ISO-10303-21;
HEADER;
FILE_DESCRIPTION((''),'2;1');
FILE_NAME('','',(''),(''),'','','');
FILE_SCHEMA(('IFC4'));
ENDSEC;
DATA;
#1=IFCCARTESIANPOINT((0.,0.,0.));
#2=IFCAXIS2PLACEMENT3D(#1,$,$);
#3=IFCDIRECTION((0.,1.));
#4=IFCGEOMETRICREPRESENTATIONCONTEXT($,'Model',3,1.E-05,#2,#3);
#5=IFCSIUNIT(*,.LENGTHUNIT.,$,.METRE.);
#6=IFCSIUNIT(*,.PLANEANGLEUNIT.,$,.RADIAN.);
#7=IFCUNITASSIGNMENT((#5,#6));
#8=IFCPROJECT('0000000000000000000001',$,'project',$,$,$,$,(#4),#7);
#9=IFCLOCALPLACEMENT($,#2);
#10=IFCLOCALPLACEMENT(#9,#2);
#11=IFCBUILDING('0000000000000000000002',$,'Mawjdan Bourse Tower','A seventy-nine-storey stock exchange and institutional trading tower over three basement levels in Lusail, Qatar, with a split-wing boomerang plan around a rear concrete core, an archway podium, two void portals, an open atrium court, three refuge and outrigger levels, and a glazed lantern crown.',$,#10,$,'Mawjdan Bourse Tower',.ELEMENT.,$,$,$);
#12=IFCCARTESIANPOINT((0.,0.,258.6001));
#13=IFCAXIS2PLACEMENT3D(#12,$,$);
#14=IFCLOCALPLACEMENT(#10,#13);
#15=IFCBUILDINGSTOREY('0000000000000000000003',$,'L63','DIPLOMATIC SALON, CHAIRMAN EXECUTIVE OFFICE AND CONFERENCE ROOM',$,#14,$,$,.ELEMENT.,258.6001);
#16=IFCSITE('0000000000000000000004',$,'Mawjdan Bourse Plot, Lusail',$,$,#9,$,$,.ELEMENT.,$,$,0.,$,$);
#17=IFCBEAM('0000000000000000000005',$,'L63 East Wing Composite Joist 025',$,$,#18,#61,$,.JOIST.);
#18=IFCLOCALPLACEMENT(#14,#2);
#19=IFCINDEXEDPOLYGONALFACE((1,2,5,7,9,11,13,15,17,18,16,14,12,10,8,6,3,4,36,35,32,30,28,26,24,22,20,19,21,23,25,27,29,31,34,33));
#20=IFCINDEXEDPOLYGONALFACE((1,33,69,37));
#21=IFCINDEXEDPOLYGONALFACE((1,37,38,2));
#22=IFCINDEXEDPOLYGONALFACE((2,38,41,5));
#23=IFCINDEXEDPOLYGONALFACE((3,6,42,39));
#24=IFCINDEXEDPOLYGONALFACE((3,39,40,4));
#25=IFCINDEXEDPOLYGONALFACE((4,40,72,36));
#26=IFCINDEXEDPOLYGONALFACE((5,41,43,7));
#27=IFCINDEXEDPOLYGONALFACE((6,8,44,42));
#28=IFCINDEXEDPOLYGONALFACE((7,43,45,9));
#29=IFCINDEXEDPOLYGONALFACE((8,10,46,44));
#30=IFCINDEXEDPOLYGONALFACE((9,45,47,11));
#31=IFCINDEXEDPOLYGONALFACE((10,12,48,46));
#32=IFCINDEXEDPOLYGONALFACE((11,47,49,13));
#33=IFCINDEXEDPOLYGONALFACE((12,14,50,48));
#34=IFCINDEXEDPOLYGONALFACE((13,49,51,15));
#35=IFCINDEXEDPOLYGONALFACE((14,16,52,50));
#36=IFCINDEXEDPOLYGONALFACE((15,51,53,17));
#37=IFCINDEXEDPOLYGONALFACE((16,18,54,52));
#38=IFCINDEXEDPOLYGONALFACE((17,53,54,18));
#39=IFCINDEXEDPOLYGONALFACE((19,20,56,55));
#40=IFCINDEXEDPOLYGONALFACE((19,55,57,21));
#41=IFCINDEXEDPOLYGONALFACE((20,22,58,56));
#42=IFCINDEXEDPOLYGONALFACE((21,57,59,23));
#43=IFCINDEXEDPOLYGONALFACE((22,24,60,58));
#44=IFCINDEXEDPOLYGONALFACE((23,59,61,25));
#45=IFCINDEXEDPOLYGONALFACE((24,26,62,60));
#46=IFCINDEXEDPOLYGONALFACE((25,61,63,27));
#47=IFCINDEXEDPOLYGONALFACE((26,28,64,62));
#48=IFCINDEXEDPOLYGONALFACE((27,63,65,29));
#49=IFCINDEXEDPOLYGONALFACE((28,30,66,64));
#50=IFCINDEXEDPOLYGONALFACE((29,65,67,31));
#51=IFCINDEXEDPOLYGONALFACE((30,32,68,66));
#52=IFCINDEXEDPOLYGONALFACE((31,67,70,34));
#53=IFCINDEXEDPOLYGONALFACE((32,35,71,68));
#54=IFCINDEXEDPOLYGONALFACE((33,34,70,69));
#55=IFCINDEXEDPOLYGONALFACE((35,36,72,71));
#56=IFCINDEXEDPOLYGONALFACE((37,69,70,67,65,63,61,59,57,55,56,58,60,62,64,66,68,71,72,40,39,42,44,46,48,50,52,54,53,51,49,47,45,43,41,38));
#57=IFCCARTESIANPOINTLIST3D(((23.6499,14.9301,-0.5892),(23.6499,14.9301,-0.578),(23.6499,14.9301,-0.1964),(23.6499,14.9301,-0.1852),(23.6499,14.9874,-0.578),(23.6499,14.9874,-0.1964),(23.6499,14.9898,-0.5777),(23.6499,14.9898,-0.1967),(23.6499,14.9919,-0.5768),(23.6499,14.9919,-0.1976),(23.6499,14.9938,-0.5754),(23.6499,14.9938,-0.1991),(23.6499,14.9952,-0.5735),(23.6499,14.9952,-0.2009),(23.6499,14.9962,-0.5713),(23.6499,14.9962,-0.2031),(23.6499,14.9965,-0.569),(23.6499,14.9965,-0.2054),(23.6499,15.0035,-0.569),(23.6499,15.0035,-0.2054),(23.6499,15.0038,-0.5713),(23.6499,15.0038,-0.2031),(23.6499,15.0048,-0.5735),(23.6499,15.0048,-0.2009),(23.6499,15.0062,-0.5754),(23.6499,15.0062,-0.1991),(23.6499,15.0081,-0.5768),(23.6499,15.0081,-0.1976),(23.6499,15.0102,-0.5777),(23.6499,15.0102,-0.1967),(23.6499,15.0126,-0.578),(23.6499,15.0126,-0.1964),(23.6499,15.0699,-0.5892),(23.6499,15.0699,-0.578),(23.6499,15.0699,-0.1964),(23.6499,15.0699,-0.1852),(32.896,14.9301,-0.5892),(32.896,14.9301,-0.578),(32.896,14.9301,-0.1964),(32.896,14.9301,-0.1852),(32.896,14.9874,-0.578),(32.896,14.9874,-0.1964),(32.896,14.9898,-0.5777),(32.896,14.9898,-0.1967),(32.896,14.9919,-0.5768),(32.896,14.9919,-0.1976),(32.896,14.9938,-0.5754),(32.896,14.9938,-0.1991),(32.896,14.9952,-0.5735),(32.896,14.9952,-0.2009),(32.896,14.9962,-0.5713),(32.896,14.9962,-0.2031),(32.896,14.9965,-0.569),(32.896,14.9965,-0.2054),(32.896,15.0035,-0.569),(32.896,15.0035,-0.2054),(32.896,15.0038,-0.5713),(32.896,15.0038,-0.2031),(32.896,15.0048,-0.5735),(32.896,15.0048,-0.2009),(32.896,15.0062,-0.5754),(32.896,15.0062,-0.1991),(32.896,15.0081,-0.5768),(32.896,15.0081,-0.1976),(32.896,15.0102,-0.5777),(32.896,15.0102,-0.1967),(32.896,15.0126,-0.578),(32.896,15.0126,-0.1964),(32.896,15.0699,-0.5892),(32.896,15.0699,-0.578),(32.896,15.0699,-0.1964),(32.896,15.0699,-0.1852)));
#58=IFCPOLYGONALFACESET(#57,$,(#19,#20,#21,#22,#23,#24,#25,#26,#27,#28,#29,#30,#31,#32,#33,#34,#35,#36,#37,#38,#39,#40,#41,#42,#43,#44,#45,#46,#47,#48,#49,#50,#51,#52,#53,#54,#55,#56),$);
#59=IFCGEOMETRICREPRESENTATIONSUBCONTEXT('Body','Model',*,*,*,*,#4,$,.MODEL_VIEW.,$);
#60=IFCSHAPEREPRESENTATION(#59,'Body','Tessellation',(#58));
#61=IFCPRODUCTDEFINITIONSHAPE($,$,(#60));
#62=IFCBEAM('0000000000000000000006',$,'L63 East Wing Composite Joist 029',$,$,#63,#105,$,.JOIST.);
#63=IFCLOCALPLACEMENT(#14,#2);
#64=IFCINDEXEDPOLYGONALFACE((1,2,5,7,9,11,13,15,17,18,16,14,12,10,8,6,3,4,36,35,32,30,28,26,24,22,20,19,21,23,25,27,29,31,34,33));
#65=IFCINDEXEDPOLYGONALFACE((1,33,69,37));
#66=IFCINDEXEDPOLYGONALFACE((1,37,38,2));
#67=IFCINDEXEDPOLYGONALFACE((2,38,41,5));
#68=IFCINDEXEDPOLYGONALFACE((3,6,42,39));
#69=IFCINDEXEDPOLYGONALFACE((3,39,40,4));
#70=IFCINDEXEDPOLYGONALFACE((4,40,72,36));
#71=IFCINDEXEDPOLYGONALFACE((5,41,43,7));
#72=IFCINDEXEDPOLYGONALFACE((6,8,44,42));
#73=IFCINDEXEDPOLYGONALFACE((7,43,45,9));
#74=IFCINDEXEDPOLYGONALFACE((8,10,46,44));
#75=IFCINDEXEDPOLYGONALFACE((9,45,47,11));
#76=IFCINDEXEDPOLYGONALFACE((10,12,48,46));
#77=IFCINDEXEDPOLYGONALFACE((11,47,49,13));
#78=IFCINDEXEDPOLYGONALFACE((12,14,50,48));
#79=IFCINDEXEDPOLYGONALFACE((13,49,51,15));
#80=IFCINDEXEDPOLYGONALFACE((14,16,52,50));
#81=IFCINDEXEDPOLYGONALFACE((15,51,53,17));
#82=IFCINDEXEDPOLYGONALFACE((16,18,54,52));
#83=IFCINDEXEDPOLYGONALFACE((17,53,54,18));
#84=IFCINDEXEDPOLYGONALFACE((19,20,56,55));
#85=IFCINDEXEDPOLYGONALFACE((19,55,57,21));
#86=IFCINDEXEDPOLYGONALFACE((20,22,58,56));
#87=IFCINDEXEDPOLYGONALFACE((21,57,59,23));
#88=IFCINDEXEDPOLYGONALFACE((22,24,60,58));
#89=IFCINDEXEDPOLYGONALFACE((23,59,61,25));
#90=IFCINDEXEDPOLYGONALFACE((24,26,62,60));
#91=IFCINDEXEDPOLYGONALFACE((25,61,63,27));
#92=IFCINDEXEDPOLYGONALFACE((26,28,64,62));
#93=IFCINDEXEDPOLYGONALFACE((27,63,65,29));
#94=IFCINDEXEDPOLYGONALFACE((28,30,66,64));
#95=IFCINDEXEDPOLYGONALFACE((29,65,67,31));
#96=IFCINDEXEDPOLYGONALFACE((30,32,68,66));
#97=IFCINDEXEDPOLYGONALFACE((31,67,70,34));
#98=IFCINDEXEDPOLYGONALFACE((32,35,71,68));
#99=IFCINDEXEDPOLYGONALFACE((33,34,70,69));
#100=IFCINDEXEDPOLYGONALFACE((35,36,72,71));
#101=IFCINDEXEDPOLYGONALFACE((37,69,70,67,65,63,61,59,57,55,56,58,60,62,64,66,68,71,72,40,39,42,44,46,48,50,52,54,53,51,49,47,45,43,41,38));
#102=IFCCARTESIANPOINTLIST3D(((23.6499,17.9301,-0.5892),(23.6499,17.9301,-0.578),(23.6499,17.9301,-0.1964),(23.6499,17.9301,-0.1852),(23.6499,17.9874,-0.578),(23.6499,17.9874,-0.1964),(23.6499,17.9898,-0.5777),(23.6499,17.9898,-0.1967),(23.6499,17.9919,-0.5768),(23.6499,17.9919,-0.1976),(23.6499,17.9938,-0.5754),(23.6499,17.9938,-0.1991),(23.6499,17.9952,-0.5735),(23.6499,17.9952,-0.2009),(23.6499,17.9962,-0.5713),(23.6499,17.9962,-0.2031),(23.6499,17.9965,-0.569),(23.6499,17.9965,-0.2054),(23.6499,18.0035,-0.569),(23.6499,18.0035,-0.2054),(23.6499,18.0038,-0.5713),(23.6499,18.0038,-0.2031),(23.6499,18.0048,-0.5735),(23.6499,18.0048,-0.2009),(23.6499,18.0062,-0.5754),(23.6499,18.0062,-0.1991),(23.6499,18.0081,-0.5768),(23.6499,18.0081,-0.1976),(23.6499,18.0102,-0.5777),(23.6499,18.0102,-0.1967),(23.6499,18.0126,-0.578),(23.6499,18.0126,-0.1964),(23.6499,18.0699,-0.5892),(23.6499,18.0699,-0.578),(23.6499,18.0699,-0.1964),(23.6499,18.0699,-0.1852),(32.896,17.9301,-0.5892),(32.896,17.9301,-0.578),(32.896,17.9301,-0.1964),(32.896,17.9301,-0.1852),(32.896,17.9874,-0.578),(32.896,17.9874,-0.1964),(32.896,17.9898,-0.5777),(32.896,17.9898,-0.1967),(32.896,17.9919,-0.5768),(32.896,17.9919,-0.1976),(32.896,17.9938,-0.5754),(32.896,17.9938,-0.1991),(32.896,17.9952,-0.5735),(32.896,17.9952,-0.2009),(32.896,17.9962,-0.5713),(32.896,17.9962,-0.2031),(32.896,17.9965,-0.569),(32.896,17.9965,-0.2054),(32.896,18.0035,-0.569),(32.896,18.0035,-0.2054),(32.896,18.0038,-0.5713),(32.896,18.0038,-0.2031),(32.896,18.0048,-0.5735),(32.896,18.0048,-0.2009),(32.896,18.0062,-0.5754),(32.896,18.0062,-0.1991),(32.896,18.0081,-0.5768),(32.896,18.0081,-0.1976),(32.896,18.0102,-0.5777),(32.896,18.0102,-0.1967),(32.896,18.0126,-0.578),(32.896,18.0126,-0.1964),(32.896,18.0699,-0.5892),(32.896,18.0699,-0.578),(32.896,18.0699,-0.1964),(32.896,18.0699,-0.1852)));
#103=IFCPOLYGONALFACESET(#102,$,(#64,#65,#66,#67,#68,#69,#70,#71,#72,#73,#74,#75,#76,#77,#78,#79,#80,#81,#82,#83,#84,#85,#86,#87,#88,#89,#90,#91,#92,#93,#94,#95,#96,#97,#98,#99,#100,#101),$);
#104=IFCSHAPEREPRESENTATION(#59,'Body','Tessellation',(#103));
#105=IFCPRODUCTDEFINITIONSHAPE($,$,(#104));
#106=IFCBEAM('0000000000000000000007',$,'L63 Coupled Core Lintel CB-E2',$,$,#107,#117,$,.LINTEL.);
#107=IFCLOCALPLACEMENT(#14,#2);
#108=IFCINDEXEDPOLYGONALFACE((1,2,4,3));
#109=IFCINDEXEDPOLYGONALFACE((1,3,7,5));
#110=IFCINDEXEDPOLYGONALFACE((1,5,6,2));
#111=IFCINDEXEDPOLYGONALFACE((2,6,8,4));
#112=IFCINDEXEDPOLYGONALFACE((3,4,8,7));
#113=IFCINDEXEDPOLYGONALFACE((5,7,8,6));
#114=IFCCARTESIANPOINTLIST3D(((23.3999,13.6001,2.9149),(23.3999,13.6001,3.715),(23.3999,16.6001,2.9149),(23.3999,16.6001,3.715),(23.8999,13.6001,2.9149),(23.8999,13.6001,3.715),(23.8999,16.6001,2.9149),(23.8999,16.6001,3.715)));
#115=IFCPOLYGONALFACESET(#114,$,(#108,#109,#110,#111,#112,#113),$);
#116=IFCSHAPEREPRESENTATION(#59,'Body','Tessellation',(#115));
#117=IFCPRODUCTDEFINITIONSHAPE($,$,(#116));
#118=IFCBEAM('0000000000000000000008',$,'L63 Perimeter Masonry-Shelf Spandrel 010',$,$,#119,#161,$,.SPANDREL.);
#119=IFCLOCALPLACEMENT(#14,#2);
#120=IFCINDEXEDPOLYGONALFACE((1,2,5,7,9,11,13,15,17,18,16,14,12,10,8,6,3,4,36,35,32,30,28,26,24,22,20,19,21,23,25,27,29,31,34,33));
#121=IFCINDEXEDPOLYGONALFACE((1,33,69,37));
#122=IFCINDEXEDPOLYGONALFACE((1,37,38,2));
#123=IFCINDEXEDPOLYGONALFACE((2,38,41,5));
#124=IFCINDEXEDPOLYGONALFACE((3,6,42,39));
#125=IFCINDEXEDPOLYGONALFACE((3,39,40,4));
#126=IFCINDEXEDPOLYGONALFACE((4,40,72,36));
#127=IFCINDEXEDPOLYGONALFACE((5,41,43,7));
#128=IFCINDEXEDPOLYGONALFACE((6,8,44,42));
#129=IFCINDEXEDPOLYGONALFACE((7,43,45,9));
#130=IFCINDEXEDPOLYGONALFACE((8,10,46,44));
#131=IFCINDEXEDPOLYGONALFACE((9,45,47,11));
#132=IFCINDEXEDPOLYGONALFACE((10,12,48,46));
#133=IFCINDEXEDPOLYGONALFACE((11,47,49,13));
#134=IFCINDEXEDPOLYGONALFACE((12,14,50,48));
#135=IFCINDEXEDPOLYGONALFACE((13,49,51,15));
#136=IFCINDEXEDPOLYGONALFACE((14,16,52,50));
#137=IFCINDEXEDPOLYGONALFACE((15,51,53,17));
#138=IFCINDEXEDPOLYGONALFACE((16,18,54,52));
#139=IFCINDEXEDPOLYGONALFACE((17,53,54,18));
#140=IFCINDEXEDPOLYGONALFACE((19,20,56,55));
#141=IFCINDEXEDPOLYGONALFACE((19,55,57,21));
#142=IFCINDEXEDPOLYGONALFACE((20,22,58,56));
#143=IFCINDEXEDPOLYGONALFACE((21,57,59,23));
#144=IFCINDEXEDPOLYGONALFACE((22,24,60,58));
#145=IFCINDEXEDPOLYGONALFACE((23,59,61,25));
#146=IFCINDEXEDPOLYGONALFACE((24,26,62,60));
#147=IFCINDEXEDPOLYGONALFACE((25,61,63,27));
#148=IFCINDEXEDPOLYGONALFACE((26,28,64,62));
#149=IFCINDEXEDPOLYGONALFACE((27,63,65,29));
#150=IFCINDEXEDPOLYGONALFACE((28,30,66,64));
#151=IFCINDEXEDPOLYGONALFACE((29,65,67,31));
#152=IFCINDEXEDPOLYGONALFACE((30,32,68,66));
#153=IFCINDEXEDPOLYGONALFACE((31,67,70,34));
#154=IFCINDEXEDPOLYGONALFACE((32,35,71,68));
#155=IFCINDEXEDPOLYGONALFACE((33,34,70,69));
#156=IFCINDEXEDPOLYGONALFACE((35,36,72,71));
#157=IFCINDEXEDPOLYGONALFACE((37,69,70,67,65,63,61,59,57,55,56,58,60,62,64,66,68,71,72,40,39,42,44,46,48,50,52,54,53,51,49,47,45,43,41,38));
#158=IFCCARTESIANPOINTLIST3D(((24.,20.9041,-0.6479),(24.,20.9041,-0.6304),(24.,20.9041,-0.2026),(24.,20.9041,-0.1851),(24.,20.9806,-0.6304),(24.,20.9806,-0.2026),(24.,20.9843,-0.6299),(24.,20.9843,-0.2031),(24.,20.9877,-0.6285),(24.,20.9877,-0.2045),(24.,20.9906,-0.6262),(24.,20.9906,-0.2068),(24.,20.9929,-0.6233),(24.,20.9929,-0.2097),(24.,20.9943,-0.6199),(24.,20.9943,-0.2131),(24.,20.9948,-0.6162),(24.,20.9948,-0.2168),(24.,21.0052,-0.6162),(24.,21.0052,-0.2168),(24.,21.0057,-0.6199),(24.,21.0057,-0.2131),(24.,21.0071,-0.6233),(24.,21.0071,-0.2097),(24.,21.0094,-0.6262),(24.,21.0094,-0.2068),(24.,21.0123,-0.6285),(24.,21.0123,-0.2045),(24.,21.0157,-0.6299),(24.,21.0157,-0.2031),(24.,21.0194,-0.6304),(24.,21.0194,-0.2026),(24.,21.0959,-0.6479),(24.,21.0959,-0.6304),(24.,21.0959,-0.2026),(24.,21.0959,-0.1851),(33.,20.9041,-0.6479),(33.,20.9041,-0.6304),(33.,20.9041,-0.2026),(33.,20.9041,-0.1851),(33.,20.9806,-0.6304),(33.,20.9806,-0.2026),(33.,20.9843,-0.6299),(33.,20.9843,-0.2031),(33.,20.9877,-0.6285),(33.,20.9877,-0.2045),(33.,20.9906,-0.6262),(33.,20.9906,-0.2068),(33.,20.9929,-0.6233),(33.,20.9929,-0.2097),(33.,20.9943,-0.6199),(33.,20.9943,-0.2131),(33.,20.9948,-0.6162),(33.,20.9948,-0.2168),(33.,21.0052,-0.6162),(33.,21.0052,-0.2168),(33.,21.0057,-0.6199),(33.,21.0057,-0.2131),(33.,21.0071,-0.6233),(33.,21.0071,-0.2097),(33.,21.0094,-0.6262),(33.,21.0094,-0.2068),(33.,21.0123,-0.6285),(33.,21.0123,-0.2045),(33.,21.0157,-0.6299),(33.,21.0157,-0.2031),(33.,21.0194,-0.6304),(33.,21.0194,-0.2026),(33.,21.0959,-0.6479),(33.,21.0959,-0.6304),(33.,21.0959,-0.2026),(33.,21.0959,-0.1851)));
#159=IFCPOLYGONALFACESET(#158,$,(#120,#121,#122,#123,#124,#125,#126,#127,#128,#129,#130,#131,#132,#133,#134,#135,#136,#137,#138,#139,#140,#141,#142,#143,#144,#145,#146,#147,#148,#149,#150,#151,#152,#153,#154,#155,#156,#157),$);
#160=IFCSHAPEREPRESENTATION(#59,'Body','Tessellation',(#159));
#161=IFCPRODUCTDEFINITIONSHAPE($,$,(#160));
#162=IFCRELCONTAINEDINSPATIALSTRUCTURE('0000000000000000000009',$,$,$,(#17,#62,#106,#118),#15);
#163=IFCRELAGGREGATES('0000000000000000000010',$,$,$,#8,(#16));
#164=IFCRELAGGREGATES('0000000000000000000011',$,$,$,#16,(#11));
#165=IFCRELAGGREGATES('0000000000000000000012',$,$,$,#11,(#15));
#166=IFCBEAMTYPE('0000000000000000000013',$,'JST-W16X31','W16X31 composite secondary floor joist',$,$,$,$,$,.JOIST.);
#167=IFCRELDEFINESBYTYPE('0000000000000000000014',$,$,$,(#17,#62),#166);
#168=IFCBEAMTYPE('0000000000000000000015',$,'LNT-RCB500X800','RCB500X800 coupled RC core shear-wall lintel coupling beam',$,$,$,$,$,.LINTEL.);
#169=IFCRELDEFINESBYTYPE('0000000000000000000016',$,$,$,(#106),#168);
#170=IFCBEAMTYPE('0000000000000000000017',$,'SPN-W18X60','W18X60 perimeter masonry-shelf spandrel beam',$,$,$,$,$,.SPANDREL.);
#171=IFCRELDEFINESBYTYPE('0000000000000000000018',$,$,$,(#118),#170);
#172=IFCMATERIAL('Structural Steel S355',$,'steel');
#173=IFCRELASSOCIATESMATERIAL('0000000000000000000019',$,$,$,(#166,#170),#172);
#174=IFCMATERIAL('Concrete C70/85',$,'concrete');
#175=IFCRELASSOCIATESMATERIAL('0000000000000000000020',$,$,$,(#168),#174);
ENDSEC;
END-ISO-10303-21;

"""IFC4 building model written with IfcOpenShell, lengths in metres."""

from ifc_helpers import new_model, si_unit, direction, frame, origin, origin_2d, place, context, subcontext, project, spatial, rectangle, i_section, extrude, material, material_profile, profile_set, type_object, element, save


model = new_model("IFC4")

# Units and contexts
model_context = context("Model", 3, precision=1e-05, world=origin(), true_north=direction((0.0, 1.0)))
body_context = subcontext(model_context, "Body", "Model", "MODEL_VIEW")
ifc_project = project(units=[si_unit("LENGTHUNIT", "METRE"), si_unit("PLANEANGLEUNIT", "RADIAN")], contexts=[model_context])

# Site, building, storey
site_placement = place(None, origin())
site = spatial("IfcSite", under=ifc_project, at=site_placement, Name="Mawjdan Bourse Plot, Lusail", CompositionType="ELEMENT", RefElevation=0.0)
building_placement = place(site_placement, origin())
building = spatial("IfcBuilding", under=site, at=building_placement, Name="Mawjdan Bourse Tower", Description="A seventy-nine-storey stock exchange and institutional trading tower over three basement levels in Lusail, Qatar, with a split-wing boomerang plan around a rear concrete core, an archway podium, two void portals, an open atrium court, three refuge and outrigger levels, and a glazed lantern crown.", LongName="Mawjdan Bourse Tower", CompositionType="ELEMENT")
storey_placement = place(building_placement, frame((0.0, 0.0, 258.6001)))
storey = spatial("IfcBuildingStorey", under=building, at=storey_placement, Name="L63", Description="DIPLOMATIC SALON, CHAIRMAN EXECUTIVE OFFICE AND CONFERENCE ROOM", CompositionType="ELEMENT", Elevation=258.6001)

# Beams
ifc_material_1 = material(Name="Structural Steel S355", Category="steel")
ifc_material_profile_1 = material_profile(ifc_material_1, i_section(OverallWidth=0.1399, OverallDepth=0.4041, WebThickness=0.0071, FlangeThickness=0.0112, FilletRadius=0.009, at=origin_2d()), Name="W16X31")
ifc_profile_set_1 = profile_set([ifc_material_profile_1], Name="Structural Steel S355")
beam_type_1 = type_object("IfcBeamType", Name="JST-W16X31", Description="W16X31 composite secondary floor joist", PredefinedType="JOIST", material=ifc_profile_set_1)
for number, where, z_axis, x_axis, name in (
    (1, (23.6499, 15.0, -0.3872), (1.0, 0.0, 0.0), (0.0, 1.0, 0.0), "L63 East Wing Composite Joist 025"),
    (2, (23.6499, 18.0, -0.3872), (1.0, 0.0, 0.0), (0.0, 1.0, 0.0), "L63 East Wing Composite Joist 029"),
):
    element("IfcBeam", number, at=place(storey_placement, frame(where, z_axis=z_axis, x_axis=x_axis)), inside=storey, type_object=beam_type_1, Name=name, PredefinedType="JOIST", context=body_context, shape_type="SweptSolid", body=[
        extrude(i_section(OverallWidth=0.1399, OverallDepth=0.4041, WebThickness=0.0071, FlangeThickness=0.0112, FilletRadius=0.009, at=origin_2d()), origin(), (0.0, 0.0, 1.0), 9.2461),
    ])
ifc_material_2 = material(Name="Concrete C70/85", Category="concrete")
ifc_material_profile_2 = material_profile(ifc_material_2, rectangle(XDim=0.5, YDim=0.8, at=origin_2d()), Name="RCB500X800")
ifc_profile_set_2 = profile_set([ifc_material_profile_2], Name="Concrete C70/85")
beam_type_2 = type_object("IfcBeamType", Name="LNT-RCB500X800", Description="RCB500X800 coupled RC core shear-wall lintel coupling beam", PredefinedType="LINTEL", material=ifc_profile_set_2)
beam_1_placement = place(storey_placement, frame((23.6499, 13.6001, 3.3149), z_axis=(0.0, 1.0, 0.0), x_axis=(-1.0, 0.0, 0.0)))
element("IfcBeam", 3, at=beam_1_placement, inside=storey, type_object=beam_type_2, Name="L63 Coupled Core Lintel CB-E2", PredefinedType="LINTEL", context=body_context, shape_type="SweptSolid", body=[
    extrude(rectangle(XDim=0.5, YDim=0.8, at=origin_2d()), origin(), (0.0, 0.0, 1.0), 3.0),
])
ifc_material_profile_3 = material_profile(ifc_material_1, i_section(OverallWidth=0.1919, OverallDepth=0.4629, WebThickness=0.0105, FlangeThickness=0.0176, FilletRadius=0.0142, at=origin_2d()), Name="W18X60")
ifc_profile_set_3 = profile_set([ifc_material_profile_3], Name="Structural Steel S355")
beam_type_3 = type_object("IfcBeamType", Name="SPN-W18X60", Description="W18X60 perimeter masonry-shelf spandrel beam", PredefinedType="SPANDREL", material=ifc_profile_set_3)
for number, where, z_axis, x_axis, name in (
    (4, (24.0, 21.0, -0.4165), (1.0, 0.0, 0.0), (0.0, 1.0, 0.0), "L63 Perimeter Masonry-Shelf Spandrel 010"),
):
    element("IfcBeam", number, at=place(storey_placement, frame(where, z_axis=z_axis, x_axis=x_axis)), inside=storey, type_object=beam_type_3, Name=name, PredefinedType="SPANDREL", context=body_context, shape_type="SweptSolid", body=[
        extrude(i_section(OverallWidth=0.1919, OverallDepth=0.4629, WebThickness=0.0105, FlangeThickness=0.0176, FilletRadius=0.0142, at=origin_2d()), origin(), (0.0, 0.0, 1.0), 9.0),
    ])

save(model, "model.ifc")
